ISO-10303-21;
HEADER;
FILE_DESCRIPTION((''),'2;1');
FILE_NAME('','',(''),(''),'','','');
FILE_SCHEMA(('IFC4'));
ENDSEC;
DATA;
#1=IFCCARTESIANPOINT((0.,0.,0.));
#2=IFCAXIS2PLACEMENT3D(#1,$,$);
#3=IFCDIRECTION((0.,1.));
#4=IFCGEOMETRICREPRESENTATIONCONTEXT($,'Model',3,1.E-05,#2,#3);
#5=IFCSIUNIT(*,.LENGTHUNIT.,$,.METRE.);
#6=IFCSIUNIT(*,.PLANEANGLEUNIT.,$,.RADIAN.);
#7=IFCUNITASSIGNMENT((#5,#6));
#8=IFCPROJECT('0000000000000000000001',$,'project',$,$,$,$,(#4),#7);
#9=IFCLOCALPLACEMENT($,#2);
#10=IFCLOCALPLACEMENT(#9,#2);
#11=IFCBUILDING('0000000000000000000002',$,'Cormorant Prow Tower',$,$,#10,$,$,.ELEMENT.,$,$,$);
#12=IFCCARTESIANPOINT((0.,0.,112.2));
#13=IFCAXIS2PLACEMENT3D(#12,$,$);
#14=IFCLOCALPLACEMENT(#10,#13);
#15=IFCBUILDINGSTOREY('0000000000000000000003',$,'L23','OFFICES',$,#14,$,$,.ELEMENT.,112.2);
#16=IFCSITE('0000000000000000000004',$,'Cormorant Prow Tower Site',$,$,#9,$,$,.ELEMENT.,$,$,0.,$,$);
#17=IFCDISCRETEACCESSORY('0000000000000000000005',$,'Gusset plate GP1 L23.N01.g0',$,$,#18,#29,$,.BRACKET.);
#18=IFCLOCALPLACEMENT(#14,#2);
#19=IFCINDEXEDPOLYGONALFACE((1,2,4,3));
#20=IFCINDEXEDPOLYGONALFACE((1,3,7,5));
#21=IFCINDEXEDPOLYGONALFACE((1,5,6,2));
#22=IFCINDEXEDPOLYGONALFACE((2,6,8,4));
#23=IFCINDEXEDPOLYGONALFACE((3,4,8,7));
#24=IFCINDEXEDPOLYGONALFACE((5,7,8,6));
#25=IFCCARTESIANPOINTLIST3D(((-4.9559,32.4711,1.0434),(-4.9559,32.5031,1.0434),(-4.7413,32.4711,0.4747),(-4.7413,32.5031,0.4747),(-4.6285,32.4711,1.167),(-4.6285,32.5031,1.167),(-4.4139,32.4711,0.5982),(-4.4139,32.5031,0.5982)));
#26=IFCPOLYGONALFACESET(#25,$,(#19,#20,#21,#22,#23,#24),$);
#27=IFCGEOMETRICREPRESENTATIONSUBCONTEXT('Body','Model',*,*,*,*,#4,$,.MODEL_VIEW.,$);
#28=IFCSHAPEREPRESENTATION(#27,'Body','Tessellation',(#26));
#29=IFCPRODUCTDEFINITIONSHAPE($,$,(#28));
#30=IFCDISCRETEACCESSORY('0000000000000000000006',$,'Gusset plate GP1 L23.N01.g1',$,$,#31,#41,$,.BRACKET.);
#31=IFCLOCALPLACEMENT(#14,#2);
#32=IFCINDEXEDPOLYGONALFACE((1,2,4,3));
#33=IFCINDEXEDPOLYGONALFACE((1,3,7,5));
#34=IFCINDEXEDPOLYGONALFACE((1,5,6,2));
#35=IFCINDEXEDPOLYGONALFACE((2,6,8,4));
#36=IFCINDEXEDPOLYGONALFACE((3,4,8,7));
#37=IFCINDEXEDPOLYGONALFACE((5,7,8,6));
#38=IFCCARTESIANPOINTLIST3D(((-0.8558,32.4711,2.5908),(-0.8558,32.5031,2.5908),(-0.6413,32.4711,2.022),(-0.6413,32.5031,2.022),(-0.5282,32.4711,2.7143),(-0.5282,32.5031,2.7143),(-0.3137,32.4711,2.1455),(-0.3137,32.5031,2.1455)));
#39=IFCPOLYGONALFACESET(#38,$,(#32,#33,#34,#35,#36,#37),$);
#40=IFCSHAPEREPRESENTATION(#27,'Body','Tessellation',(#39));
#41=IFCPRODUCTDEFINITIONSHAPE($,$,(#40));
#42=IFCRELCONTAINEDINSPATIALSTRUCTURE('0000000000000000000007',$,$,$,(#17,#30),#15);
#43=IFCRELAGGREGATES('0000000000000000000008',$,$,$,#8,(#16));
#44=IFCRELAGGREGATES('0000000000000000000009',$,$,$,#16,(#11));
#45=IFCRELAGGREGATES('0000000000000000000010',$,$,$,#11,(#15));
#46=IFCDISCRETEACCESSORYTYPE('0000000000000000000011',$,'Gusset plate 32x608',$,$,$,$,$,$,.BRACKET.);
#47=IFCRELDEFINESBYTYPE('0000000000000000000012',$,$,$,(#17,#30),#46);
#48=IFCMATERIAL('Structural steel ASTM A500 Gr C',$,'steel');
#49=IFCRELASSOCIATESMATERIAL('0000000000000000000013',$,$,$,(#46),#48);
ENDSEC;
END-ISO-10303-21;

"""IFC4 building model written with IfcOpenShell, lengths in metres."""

from ifc_helpers import new_model, si_unit, direction, frame, origin, origin_2d, place, context, subcontext, project, spatial, rectangle, extrude, material, material_profile, profile_set, type_object, element, save


model = new_model("IFC4")

# Units and contexts
model_context = context("Model", 3, precision=1e-05, world=origin(), true_north=direction((0.0, 1.0)))
body_context = subcontext(model_context, "Body", "Model", "MODEL_VIEW")
ifc_project = project(units=[si_unit("LENGTHUNIT", "METRE"), si_unit("PLANEANGLEUNIT", "RADIAN")], contexts=[model_context])

# Site, building, storey
site_placement = place(None, origin())
site = spatial("IfcSite", under=ifc_project, at=site_placement, Name="Cormorant Prow Tower Site", CompositionType="ELEMENT", RefElevation=0.0)
building_placement = place(site_placement, origin())
building = spatial("IfcBuilding", under=site, at=building_placement, Name="Cormorant Prow Tower", CompositionType="ELEMENT")
storey_placement = place(building_placement, frame((0.0, 0.0, 112.2)))
storey = spatial("IfcBuildingStorey", under=building, at=storey_placement, Name="L23", Description="OFFICES", CompositionType="ELEMENT", Elevation=112.2)

# Discrete accessories
ifc_material_1 = material(Name="Structural steel ASTM A500 Gr C", Category="steel")
ifc_material_profile_1 = material_profile(ifc_material_1, rectangle(XDim=0.032, YDim=0.6079, at=origin_2d()), Name="Gusset plate 32x608")
ifc_profile_set_1 = profile_set([ifc_material_profile_1], Name="Structural steel ASTM A500 Gr C")
discrete_accessory_type = type_object("IfcDiscreteAccessoryType", Name="Gusset plate 32x608", PredefinedType="BRACKET", material=ifc_profile_set_1)
discrete_accessory_1_placement = place(storey_placement, frame((-4.5212, 32.4871, 0.8826), z_axis=(-0.93561, 0.0, -0.353034), x_axis=(0.0, -1.0, 0.0)))
element("IfcDiscreteAccessory", 1, at=discrete_accessory_1_placement, inside=storey, type_object=discrete_accessory_type, Name="Gusset plate GP1 L23.N01.g0", PredefinedType="BRACKET", context=body_context, shape_type="SweptSolid", body=[
    extrude(rectangle(XDim=0.032, YDim=0.6079, at=origin_2d()), origin(), (0.0, 0.0, 1.0), 0.3499),
])
discrete_accessory_2_placement = place(storey_placement, frame((-0.7485, 32.4871, 2.3064), z_axis=(0.935697, 0.0, 0.352804), x_axis=(0.0, 1.0, 0.0)))
element("IfcDiscreteAccessory", 2, at=discrete_accessory_2_placement, inside=storey, type_object=discrete_accessory_type, Name="Gusset plate GP1 L23.N01.g1", PredefinedType="BRACKET", context=body_context, shape_type="SweptSolid", body=[
    extrude(rectangle(XDim=0.032, YDim=0.6079, at=origin_2d()), origin(), (0.0, 0.0, 1.0), 0.3501),
])

save(model, "model.ifc")
